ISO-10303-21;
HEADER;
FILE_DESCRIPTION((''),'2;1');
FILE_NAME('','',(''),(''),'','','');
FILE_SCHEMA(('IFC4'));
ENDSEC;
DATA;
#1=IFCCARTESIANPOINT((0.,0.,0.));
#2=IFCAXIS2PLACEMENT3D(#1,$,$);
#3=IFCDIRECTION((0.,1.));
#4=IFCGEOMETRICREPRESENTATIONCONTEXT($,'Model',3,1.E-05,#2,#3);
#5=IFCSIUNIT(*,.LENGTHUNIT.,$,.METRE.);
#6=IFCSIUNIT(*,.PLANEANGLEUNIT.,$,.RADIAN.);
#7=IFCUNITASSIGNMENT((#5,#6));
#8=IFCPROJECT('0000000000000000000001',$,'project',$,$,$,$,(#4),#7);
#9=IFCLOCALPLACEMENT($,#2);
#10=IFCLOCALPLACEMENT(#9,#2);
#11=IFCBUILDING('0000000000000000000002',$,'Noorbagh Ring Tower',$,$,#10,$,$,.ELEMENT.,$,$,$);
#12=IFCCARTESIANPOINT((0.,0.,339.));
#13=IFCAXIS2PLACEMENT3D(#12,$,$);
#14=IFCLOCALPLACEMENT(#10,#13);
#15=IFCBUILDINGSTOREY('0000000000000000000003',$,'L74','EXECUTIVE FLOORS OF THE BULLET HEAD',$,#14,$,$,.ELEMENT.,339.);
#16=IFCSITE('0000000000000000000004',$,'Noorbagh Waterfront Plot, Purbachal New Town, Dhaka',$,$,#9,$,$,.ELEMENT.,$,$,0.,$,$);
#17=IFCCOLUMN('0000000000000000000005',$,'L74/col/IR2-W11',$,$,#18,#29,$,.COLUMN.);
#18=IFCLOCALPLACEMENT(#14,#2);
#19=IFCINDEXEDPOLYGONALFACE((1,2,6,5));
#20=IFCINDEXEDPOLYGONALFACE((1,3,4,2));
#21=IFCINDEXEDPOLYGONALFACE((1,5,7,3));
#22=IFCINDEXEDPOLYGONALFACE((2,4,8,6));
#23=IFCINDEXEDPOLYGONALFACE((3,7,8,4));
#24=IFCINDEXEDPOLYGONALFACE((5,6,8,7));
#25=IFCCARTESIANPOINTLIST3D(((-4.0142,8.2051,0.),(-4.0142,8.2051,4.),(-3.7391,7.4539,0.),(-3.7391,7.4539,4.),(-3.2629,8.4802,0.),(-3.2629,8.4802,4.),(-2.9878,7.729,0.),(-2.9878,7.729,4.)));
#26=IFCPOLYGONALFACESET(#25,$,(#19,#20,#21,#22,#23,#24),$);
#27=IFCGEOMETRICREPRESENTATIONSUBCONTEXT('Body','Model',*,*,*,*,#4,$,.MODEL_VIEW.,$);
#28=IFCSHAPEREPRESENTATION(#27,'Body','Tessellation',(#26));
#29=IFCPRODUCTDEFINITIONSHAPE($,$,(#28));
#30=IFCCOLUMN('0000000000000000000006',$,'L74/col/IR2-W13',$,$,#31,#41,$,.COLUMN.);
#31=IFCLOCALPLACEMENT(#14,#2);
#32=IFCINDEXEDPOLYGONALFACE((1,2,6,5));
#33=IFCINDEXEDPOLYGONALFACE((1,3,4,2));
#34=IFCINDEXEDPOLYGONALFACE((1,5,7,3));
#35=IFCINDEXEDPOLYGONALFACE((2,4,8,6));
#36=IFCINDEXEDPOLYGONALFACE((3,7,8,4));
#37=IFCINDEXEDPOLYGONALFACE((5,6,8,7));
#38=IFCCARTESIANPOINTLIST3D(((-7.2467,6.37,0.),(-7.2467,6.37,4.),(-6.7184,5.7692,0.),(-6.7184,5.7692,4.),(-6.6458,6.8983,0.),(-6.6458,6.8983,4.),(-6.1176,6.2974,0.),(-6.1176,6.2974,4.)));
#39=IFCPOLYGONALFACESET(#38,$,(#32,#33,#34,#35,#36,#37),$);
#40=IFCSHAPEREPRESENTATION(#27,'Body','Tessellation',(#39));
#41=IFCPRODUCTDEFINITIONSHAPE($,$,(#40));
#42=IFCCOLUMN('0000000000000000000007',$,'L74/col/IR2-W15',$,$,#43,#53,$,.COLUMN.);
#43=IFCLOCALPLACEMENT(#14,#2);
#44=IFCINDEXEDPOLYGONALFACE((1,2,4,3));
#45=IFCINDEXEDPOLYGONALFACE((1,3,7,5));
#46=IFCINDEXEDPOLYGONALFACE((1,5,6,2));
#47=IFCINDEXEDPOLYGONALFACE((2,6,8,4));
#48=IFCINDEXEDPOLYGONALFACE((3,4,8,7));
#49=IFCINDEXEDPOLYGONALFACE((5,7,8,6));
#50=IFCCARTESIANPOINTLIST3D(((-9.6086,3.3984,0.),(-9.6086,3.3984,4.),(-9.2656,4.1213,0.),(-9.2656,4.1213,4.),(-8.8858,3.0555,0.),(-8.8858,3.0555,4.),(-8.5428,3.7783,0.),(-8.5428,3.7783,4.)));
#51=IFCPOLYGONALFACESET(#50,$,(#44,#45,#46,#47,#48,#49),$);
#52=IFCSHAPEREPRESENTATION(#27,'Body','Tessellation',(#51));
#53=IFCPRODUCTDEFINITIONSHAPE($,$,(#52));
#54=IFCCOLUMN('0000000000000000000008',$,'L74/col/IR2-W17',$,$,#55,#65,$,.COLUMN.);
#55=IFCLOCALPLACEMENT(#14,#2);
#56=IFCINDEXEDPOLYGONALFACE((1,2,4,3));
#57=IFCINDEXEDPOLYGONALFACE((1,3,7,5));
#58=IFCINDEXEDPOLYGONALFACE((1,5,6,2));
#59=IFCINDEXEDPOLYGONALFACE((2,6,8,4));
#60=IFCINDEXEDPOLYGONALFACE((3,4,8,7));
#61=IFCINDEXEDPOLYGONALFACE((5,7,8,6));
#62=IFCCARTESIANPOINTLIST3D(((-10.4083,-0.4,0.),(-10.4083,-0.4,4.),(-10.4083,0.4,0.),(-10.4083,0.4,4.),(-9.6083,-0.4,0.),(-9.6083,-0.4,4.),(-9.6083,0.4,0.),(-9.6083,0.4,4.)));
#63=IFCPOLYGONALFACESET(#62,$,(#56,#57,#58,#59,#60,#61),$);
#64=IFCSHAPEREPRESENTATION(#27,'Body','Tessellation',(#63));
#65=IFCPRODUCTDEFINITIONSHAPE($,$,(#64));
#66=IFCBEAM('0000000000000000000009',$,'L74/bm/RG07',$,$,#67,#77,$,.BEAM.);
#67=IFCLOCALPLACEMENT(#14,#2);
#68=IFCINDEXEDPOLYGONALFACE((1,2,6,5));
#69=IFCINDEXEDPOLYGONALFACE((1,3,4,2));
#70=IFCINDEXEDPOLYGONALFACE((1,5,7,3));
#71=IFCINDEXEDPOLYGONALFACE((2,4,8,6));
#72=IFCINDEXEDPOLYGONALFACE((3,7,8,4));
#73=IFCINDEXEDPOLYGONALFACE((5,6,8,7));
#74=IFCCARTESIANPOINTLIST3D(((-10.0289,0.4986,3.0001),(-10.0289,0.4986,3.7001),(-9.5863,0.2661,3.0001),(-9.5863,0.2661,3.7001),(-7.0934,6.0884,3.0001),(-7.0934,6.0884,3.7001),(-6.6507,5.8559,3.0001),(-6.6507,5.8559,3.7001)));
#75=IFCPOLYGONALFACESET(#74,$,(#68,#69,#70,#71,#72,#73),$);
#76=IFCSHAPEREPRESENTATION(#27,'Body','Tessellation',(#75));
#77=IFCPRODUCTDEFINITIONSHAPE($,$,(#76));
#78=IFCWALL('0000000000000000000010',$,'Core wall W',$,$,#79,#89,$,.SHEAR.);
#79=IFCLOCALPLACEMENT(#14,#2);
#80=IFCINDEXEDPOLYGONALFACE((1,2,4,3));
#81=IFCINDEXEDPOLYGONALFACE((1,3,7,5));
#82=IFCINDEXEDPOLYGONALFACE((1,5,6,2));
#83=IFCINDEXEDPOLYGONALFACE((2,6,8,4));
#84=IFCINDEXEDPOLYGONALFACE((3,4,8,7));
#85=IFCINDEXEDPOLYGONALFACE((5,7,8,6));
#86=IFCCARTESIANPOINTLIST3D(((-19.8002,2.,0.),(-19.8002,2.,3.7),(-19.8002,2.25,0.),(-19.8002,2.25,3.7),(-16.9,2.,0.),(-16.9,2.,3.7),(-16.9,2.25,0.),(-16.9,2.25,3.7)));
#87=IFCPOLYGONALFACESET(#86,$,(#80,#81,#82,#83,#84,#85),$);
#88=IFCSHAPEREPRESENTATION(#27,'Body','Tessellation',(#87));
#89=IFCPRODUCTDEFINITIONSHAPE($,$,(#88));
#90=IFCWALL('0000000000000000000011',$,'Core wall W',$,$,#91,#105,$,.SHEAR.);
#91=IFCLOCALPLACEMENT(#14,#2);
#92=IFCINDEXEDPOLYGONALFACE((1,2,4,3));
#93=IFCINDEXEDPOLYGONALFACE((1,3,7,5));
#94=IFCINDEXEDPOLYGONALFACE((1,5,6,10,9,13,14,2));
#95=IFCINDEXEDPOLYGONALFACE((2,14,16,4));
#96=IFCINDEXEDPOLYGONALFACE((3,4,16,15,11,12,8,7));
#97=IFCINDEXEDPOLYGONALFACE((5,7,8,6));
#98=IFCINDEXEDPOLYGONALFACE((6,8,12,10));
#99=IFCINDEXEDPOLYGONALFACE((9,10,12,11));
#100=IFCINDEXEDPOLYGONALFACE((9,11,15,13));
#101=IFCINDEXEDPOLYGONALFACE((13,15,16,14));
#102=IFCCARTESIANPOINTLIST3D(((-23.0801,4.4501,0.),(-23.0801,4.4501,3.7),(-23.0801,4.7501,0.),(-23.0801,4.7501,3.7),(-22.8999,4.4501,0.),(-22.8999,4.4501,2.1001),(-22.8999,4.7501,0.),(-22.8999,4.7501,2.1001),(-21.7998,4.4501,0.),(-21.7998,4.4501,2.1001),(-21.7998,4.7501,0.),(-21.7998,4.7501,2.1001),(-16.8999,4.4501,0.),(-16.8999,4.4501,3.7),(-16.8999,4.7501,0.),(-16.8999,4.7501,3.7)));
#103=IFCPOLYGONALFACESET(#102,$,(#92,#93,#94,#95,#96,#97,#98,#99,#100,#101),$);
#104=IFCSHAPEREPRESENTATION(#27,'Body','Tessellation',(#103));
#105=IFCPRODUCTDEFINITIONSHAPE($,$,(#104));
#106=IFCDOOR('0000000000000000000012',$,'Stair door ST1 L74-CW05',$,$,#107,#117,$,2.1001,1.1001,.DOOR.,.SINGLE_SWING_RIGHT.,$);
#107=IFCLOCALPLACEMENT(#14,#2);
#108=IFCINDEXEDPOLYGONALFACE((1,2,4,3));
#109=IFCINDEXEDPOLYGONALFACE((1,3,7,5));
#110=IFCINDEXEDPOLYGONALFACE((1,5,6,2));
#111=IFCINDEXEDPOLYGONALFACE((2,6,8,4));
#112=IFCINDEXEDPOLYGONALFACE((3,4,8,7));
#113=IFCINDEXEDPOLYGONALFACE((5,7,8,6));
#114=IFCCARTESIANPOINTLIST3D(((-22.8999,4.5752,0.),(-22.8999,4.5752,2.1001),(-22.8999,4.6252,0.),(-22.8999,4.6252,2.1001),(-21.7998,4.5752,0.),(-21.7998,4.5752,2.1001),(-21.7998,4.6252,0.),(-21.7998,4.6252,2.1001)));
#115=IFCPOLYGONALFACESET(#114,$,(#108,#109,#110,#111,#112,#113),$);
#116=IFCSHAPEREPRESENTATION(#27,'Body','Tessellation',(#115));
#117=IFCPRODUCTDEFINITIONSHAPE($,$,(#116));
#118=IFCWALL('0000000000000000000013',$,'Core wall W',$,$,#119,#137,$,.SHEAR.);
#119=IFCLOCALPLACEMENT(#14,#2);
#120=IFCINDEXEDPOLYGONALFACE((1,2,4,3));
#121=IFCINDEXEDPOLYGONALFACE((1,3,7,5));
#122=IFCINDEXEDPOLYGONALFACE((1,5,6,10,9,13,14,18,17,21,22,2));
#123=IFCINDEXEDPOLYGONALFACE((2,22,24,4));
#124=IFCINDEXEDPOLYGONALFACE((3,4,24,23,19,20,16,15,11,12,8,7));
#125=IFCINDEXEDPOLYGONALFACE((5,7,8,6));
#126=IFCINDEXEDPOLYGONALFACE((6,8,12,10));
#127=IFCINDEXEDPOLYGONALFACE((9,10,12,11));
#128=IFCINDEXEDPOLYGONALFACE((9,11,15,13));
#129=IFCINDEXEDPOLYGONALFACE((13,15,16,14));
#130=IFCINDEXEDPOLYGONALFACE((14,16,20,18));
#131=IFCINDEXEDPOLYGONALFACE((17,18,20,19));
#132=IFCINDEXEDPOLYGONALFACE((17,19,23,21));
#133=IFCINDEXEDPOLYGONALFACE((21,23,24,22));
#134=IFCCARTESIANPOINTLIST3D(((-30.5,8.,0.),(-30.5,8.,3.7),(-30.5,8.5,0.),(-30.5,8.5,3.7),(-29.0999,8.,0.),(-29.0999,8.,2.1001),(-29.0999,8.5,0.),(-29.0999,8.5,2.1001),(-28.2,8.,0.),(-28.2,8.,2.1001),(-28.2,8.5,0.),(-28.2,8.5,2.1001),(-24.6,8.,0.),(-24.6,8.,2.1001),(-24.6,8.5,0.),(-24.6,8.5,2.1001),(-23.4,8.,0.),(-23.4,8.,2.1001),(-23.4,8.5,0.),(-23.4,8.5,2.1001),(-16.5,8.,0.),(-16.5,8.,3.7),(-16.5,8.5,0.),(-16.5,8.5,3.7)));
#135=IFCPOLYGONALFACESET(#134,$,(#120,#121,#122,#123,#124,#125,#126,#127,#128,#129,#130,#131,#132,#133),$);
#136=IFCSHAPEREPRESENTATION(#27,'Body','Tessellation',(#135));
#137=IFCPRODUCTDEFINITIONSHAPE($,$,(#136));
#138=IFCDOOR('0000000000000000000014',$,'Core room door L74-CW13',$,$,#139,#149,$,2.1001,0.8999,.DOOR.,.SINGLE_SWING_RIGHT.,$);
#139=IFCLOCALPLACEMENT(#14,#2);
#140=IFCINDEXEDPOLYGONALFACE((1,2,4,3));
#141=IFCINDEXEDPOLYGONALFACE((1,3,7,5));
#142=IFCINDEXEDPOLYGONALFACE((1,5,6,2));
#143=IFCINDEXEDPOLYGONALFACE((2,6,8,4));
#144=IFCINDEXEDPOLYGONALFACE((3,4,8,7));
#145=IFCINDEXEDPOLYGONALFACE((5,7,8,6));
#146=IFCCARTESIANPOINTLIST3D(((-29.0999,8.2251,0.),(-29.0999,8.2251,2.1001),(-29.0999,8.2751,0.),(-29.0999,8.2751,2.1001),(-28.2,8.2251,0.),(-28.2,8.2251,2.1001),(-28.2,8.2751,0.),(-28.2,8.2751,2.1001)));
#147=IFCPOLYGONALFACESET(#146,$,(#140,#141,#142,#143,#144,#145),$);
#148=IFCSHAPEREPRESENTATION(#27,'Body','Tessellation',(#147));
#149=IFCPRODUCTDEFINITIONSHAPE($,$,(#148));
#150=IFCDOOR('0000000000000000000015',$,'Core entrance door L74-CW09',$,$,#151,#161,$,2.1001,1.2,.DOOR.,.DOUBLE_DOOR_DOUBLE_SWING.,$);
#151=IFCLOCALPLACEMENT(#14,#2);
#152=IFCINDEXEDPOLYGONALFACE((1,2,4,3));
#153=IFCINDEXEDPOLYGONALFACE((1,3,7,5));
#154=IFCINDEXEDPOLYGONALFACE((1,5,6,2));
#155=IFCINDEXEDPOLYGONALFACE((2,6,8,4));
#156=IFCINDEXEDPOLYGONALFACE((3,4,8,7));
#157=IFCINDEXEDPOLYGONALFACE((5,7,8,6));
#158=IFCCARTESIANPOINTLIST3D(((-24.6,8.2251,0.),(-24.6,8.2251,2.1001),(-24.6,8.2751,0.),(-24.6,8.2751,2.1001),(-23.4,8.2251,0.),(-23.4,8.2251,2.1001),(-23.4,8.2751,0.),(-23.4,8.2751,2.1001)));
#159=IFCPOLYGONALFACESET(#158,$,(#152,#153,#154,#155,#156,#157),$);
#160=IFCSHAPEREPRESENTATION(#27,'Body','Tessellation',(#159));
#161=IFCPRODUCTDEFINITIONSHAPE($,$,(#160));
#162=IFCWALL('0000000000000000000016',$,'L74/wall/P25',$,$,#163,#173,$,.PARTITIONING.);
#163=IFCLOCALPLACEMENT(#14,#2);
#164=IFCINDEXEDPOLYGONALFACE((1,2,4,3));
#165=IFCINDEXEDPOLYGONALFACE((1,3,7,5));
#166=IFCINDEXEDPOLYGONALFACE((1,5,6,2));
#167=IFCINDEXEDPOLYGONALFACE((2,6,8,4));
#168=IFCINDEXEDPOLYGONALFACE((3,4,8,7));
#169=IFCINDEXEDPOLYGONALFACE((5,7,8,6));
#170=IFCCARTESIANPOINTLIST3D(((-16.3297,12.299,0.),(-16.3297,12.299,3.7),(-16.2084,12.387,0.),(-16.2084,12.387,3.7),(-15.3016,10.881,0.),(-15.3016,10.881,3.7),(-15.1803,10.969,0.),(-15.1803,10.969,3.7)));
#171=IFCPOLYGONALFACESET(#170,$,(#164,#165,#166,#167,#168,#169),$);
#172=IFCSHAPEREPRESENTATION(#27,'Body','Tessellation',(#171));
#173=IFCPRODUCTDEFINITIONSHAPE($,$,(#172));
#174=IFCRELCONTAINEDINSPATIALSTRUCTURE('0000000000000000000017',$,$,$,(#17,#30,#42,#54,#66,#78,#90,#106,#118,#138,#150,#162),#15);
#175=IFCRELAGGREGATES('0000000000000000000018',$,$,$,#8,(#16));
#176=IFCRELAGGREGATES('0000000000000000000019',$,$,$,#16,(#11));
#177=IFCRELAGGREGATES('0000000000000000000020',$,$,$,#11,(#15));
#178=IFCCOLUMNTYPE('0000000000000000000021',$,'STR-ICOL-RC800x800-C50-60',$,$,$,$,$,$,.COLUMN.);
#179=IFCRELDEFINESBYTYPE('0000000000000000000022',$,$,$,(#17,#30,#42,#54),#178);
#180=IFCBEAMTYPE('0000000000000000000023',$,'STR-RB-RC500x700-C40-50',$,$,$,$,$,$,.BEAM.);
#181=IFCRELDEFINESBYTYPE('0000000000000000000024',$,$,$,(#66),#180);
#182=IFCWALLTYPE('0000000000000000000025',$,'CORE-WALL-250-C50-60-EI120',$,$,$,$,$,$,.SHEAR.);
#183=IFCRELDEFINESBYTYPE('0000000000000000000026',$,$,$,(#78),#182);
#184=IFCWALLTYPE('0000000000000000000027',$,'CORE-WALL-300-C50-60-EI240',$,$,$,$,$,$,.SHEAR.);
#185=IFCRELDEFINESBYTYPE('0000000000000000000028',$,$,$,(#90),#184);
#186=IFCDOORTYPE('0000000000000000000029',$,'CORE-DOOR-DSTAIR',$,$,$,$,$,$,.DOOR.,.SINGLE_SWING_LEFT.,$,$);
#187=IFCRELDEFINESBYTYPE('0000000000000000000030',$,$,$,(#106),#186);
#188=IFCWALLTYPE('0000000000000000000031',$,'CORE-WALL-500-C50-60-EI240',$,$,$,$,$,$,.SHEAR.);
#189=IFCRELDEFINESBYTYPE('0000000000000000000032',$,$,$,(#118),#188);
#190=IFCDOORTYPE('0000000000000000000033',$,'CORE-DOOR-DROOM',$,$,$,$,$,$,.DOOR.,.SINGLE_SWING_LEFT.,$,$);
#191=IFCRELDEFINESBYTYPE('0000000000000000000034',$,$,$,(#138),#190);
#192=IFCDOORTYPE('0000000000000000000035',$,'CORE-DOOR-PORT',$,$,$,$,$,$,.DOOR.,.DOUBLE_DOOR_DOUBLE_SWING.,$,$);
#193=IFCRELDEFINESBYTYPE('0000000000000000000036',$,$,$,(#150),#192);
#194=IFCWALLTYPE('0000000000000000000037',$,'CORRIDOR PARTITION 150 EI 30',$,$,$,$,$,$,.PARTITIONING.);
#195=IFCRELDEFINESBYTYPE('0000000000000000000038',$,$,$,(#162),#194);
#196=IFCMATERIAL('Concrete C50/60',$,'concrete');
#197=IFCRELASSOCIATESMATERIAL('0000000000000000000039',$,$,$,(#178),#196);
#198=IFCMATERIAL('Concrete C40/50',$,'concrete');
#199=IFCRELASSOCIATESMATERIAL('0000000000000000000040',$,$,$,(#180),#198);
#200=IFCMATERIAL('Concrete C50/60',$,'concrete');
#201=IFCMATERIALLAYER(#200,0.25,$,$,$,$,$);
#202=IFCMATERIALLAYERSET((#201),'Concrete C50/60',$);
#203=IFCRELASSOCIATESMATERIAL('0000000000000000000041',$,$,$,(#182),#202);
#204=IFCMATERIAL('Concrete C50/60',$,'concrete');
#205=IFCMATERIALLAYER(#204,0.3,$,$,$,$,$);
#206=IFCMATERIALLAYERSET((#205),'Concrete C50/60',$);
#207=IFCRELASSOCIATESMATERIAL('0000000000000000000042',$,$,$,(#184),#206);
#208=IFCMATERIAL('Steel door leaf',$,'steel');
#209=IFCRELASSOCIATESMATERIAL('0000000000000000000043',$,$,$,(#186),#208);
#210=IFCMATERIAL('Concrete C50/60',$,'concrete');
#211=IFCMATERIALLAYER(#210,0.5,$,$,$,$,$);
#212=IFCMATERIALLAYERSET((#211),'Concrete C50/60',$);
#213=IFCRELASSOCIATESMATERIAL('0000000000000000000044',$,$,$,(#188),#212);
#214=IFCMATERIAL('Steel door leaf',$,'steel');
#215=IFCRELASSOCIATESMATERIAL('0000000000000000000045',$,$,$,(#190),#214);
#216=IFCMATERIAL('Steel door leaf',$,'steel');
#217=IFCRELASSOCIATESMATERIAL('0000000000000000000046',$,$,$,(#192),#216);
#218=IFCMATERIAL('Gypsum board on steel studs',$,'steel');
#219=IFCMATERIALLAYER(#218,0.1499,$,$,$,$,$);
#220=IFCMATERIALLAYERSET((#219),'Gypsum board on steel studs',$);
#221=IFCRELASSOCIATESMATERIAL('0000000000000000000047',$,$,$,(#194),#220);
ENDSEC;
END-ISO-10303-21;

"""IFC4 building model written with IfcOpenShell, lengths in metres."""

from ifc_helpers import new_model, si_unit, direction, frame, frame_2d, origin, origin_2d, place, context, subcontext, project, spatial, rectangle, extrude, material, layer, layer_set, material_profile, profile_set, type_object, element, fill, save


model = new_model("IFC4")

# Units and contexts
model_context = context("Model", 3, precision=1e-05, world=origin(), true_north=direction((0.0, 1.0)))
body_context = subcontext(model_context, "Body", "Model", "MODEL_VIEW")
ifc_project = project(units=[si_unit("LENGTHUNIT", "METRE"), si_unit("PLANEANGLEUNIT", "RADIAN")], contexts=[model_context])

# Site, building, storey
site_placement = place(None, origin())
site = spatial("IfcSite", under=ifc_project, at=site_placement, Name="Noorbagh Waterfront Plot, Purbachal New Town, Dhaka", CompositionType="ELEMENT", RefElevation=0.0)
building_placement = place(site_placement, origin())
building = spatial("IfcBuilding", under=site, at=building_placement, Name="Noorbagh Ring Tower", CompositionType="ELEMENT")
storey_placement = place(building_placement, frame((0.0, 0.0, 339.0)))
storey = spatial("IfcBuildingStorey", under=building, at=storey_placement, Name="L74", Description="EXECUTIVE FLOORS OF THE BULLET HEAD", CompositionType="ELEMENT", Elevation=339.0)

# Columns
ifc_material_1 = material(Name="Concrete C50/60", Category="concrete")
ifc_material_profile_1 = material_profile(ifc_material_1, rectangle(XDim=0.8, YDim=0.8, at=origin_2d()), Name="RC800x800")
ifc_profile_set_1 = profile_set([ifc_material_profile_1], Name="Concrete C50/60")
column_type = type_object("IfcColumnType", Name="STR-ICOL-RC800x800-C50-60", PredefinedType="COLUMN", material=ifc_profile_set_1)
for number, where, z_axis, x_axis, name in (
    (1, (-3.501, 7.967, 0.0), (0.0, 0.0, 1.0), (-0.93902, -0.343864, 0.0), "L74/col/IR2-W11"),
    (2, (-6.6821, 6.3337, 0.0), (0.0, 0.0, 1.0), (-0.751022, -0.660277, 0.0), "L74/col/IR2-W13"),
    (3, (-9.0757, 3.5884, 0.0), (0.0, 0.0, 1.0), (-0.428667, -0.903463, 0.0), "L74/col/IR2-W15"),
    (4, (-10.0083, 0.0, 0.0), (0.0, 0.0, 1.0), (0.0, -1.0, 0.0), "L74/col/IR2-W17"),
):
    element("IfcColumn", number, at=place(storey_placement, frame(where, z_axis=z_axis, x_axis=x_axis)), inside=storey, type_object=column_type, Name=name, PredefinedType="COLUMN", context=body_context, shape_type="SweptSolid", body=[
        extrude(rectangle(XDim=0.8, YDim=0.8, at=origin_2d()), origin(), (0.0, 0.0, 1.0), 4.0),
    ])

# Beam
ifc_material_2 = material(Name="Concrete C40/50", Category="concrete")
ifc_material_profile_2 = material_profile(ifc_material_2, rectangle(XDim=0.5, YDim=0.7, at=origin_2d()), Name="RC500x700")
ifc_profile_set_2 = profile_set([ifc_material_profile_2], Name="Concrete C40/50")
beam_type = type_object("IfcBeamType", Name="STR-RB-RC500x700-C40-50", PredefinedType="BEAM", material=ifc_profile_set_2)
beam_placement = place(storey_placement, frame((-6.8721, 5.9722, 3.3501), z_axis=(-0.464943, -0.885341, 0.0), x_axis=(0.885341, -0.464943, 0.0)))
element("IfcBeam", 5, at=beam_placement, inside=storey, type_object=beam_type, Name="L74/bm/RG07", PredefinedType="BEAM", context=body_context, shape_type="SweptSolid", body=[
    extrude(rectangle(XDim=0.5, YDim=0.7, at=origin_2d()), origin(), (0.0, 0.0, 1.0), 6.3137),
])

# Wall
ifc_material_3 = material(Name="Concrete C50/60", Category="concrete")
ifc_layer_1 = layer(ifc_material_3, 0.25)
ifc_layer_set_1 = layer_set([ifc_layer_1], Name="Concrete C50/60")
wall_type_1 = type_object("IfcWallType", Name="CORE-WALL-250-C50-60-EI120", PredefinedType="SHEAR", material=ifc_layer_set_1)
wall_1_placement = place(storey_placement, frame((-16.8999, 2.125, 0.0), z_axis=(0.0, 0.0, 1.0), x_axis=(-1.0, 0.0, 0.0)))
element("IfcWall", 6, at=wall_1_placement, inside=storey, type_object=wall_type_1, Name="Core wall W", PredefinedType="SHEAR", context=body_context, shape_type="SweptSolid", body=[
    extrude(rectangle(XDim=2.9001, YDim=0.25, at=frame_2d((1.4502, 0.0))), origin(), (0.0, 0.0, 1.0), 3.7),
])

# Wall, opening, door
ifc_material_4 = material(Name="Concrete C50/60", Category="concrete")
ifc_layer_2 = layer(ifc_material_4, 0.3)
ifc_layer_set_2 = layer_set([ifc_layer_2], Name="Concrete C50/60")
wall_type_2 = type_object("IfcWallType", Name="CORE-WALL-300-C50-60-EI240", PredefinedType="SHEAR", material=ifc_layer_set_2)
wall_2_placement = place(storey_placement, frame((-16.8999, 4.6001, 0.0), z_axis=(0.0, 0.0, 1.0), x_axis=(-1.0, 0.0, 0.0)))
wall_2 = element("IfcWall", 7, at=wall_2_placement, inside=storey, type_object=wall_type_2, Name="Core wall W", PredefinedType="SHEAR", context=body_context, shape_type="SweptSolid", body=[
    extrude(rectangle(XDim=6.1802, YDim=0.3, at=frame_2d((3.0901, 0.0))), origin(), (0.0, 0.0, 1.0), 3.7),
])
opening_1_placement = place(wall_2_placement, frame((4.8999, 0.0, 0.0)))
opening_1 = element("IfcOpeningElement", 8, at=opening_1_placement, cuts=wall_2, PredefinedType="OPENING", context=body_context, shape_type="SweptSolid", body=[
    extrude(rectangle(XDim=1.1001, YDim=2.1001, at=frame_2d((0.55, 1.05))), frame((0.0, 0.1602, 0.0), z_axis=(0.0, -1.0, 0.0), x_axis=(1.0, 0.0, 0.0)), (0.0, 0.0, 1.0), 0.3201),
])
ifc_material_5 = material(Name="Steel door leaf", Category="steel")
door_type_1 = type_object("IfcDoorType", Name="CORE-DOOR-DSTAIR", OperationType="SINGLE_SWING_LEFT", PredefinedType="DOOR", material=ifc_material_5)
door_1_placement = place(opening_1_placement, origin())
door_1 = element("IfcDoor", 9, at=door_1_placement, inside=storey, type_object=door_type_1, Name="Stair door ST1 L74-CW05", OperationType="SINGLE_SWING_RIGHT", OverallHeight=2.1001, OverallWidth=1.1001, PredefinedType="DOOR", context=body_context, shape_type="SweptSolid", body=[
    extrude(rectangle(XDim=1.1001, YDim=2.1001, at=frame_2d((0.55, 1.05))), frame((0.0, 0.0249, 0.0), z_axis=(0.0, -1.0, 0.0), x_axis=(1.0, 0.0, 0.0)), (0.0, 0.0, 1.0), 0.05),
])
fill(opening_1, door_1)

# Wall, openings, doors
ifc_material_6 = material(Name="Concrete C50/60", Category="concrete")
ifc_layer_3 = layer(ifc_material_6, 0.5)
ifc_layer_set_3 = layer_set([ifc_layer_3], Name="Concrete C50/60")
wall_type_3 = type_object("IfcWallType", Name="CORE-WALL-500-C50-60-EI240", PredefinedType="SHEAR", material=ifc_layer_set_3)
wall_3_placement = place(storey_placement, frame((-16.5, 8.25, 0.0), z_axis=(0.0, 0.0, 1.0), x_axis=(-1.0, 0.0, 0.0)))
wall_3 = element("IfcWall", 10, at=wall_3_placement, inside=storey, type_object=wall_type_3, Name="Core wall W", PredefinedType="SHEAR", context=body_context, shape_type="SweptSolid", body=[
    extrude(rectangle(XDim=14.0, YDim=0.5, at=frame_2d((7.0, 0.0))), origin(), (0.0, 0.0, 1.0), 3.7),
])
opening_2_placement = place(wall_3_placement, frame((6.8999, 0.0, 0.0)))
opening_2 = element("IfcOpeningElement", 11, at=opening_2_placement, cuts=wall_3, PredefinedType="OPENING", context=body_context, shape_type="SweptSolid", body=[
    extrude(rectangle(XDim=1.2, YDim=2.1001, at=frame_2d((0.6001, 1.05))), frame((0.0, 0.26, 0.0), z_axis=(0.0, -1.0, 0.0), x_axis=(1.0, 0.0, 0.0)), (0.0, 0.0, 1.0), 0.52),
])
opening_3_placement = place(wall_3_placement, frame((11.7, 0.0, 0.0)))
opening_3 = element("IfcOpeningElement", 12, at=opening_3_placement, cuts=wall_3, PredefinedType="OPENING", context=body_context, shape_type="SweptSolid", body=[
    extrude(rectangle(XDim=0.8999, YDim=2.1001, at=frame_2d((0.45, 1.05))), frame((0.0, 0.26, 0.0), z_axis=(0.0, -1.0, 0.0), x_axis=(1.0, 0.0, 0.0)), (0.0, 0.0, 1.0), 0.52),
])
ifc_material_7 = material(Name="Steel door leaf", Category="steel")
door_type_2 = type_object("IfcDoorType", Name="CORE-DOOR-DROOM", OperationType="SINGLE_SWING_LEFT", PredefinedType="DOOR", material=ifc_material_7)
door_2_placement = place(opening_3_placement, origin())
door_2 = element("IfcDoor", 13, at=door_2_placement, inside=storey, type_object=door_type_2, Name="Core room door L74-CW13", OperationType="SINGLE_SWING_RIGHT", OverallHeight=2.1001, OverallWidth=0.8999, PredefinedType="DOOR", context=body_context, shape_type="SweptSolid", body=[
    extrude(rectangle(XDim=0.8999, YDim=2.1001, at=frame_2d((0.45, 1.05))), frame((0.0, 0.0249, 0.0), z_axis=(0.0, -1.0, 0.0), x_axis=(1.0, 0.0, 0.0)), (0.0, 0.0, 1.0), 0.05),
])
fill(opening_3, door_2)
ifc_material_8 = material(Name="Steel door leaf", Category="steel")
door_type_3 = type_object("IfcDoorType", Name="CORE-DOOR-PORT", OperationType="DOUBLE_DOOR_DOUBLE_SWING", PredefinedType="DOOR", material=ifc_material_8)
door_3_placement = place(opening_2_placement, origin())
door_3 = element("IfcDoor", 14, at=door_3_placement, inside=storey, type_object=door_type_3, Name="Core entrance door L74-CW09", OperationType="DOUBLE_DOOR_DOUBLE_SWING", OverallHeight=2.1001, OverallWidth=1.2, PredefinedType="DOOR", context=body_context, shape_type="SweptSolid", body=[
    extrude(rectangle(XDim=1.2, YDim=2.1001, at=frame_2d((0.6001, 1.05))), frame((0.0, 0.0249, 0.0), z_axis=(0.0, -1.0, 0.0), x_axis=(1.0, 0.0, 0.0)), (0.0, 0.0, 1.0), 0.05),
])
fill(opening_2, door_3)

# Wall
ifc_material_9 = material(Name="Gypsum board on steel studs", Category="steel")
ifc_layer_4 = layer(ifc_material_9, 0.1499)
ifc_layer_set_4 = layer_set([ifc_layer_4], Name="Gypsum board on steel studs")
wall_type_4 = type_object("IfcWallType", Name="CORRIDOR PARTITION 150 EI 30", PredefinedType="PARTITIONING", material=ifc_layer_set_4)
wall_4_placement = place(storey_placement, frame((-16.269, 12.343, 0.0), z_axis=(0.0, 0.0, 1.0), x_axis=(0.586986, -0.809597, 0.0)))
element("IfcWall", 15, at=wall_4_placement, inside=storey, type_object=wall_type_4, Name="L74/wall/P25", PredefinedType="PARTITIONING", context=body_context, shape_type="SweptSolid", body=[
    extrude(rectangle(XDim=1.7515, YDim=0.1499, at=frame_2d((0.8757, 0.0))), origin(), (0.0, 0.0, 1.0), 3.7),
])

save(model, "model.ifc")
